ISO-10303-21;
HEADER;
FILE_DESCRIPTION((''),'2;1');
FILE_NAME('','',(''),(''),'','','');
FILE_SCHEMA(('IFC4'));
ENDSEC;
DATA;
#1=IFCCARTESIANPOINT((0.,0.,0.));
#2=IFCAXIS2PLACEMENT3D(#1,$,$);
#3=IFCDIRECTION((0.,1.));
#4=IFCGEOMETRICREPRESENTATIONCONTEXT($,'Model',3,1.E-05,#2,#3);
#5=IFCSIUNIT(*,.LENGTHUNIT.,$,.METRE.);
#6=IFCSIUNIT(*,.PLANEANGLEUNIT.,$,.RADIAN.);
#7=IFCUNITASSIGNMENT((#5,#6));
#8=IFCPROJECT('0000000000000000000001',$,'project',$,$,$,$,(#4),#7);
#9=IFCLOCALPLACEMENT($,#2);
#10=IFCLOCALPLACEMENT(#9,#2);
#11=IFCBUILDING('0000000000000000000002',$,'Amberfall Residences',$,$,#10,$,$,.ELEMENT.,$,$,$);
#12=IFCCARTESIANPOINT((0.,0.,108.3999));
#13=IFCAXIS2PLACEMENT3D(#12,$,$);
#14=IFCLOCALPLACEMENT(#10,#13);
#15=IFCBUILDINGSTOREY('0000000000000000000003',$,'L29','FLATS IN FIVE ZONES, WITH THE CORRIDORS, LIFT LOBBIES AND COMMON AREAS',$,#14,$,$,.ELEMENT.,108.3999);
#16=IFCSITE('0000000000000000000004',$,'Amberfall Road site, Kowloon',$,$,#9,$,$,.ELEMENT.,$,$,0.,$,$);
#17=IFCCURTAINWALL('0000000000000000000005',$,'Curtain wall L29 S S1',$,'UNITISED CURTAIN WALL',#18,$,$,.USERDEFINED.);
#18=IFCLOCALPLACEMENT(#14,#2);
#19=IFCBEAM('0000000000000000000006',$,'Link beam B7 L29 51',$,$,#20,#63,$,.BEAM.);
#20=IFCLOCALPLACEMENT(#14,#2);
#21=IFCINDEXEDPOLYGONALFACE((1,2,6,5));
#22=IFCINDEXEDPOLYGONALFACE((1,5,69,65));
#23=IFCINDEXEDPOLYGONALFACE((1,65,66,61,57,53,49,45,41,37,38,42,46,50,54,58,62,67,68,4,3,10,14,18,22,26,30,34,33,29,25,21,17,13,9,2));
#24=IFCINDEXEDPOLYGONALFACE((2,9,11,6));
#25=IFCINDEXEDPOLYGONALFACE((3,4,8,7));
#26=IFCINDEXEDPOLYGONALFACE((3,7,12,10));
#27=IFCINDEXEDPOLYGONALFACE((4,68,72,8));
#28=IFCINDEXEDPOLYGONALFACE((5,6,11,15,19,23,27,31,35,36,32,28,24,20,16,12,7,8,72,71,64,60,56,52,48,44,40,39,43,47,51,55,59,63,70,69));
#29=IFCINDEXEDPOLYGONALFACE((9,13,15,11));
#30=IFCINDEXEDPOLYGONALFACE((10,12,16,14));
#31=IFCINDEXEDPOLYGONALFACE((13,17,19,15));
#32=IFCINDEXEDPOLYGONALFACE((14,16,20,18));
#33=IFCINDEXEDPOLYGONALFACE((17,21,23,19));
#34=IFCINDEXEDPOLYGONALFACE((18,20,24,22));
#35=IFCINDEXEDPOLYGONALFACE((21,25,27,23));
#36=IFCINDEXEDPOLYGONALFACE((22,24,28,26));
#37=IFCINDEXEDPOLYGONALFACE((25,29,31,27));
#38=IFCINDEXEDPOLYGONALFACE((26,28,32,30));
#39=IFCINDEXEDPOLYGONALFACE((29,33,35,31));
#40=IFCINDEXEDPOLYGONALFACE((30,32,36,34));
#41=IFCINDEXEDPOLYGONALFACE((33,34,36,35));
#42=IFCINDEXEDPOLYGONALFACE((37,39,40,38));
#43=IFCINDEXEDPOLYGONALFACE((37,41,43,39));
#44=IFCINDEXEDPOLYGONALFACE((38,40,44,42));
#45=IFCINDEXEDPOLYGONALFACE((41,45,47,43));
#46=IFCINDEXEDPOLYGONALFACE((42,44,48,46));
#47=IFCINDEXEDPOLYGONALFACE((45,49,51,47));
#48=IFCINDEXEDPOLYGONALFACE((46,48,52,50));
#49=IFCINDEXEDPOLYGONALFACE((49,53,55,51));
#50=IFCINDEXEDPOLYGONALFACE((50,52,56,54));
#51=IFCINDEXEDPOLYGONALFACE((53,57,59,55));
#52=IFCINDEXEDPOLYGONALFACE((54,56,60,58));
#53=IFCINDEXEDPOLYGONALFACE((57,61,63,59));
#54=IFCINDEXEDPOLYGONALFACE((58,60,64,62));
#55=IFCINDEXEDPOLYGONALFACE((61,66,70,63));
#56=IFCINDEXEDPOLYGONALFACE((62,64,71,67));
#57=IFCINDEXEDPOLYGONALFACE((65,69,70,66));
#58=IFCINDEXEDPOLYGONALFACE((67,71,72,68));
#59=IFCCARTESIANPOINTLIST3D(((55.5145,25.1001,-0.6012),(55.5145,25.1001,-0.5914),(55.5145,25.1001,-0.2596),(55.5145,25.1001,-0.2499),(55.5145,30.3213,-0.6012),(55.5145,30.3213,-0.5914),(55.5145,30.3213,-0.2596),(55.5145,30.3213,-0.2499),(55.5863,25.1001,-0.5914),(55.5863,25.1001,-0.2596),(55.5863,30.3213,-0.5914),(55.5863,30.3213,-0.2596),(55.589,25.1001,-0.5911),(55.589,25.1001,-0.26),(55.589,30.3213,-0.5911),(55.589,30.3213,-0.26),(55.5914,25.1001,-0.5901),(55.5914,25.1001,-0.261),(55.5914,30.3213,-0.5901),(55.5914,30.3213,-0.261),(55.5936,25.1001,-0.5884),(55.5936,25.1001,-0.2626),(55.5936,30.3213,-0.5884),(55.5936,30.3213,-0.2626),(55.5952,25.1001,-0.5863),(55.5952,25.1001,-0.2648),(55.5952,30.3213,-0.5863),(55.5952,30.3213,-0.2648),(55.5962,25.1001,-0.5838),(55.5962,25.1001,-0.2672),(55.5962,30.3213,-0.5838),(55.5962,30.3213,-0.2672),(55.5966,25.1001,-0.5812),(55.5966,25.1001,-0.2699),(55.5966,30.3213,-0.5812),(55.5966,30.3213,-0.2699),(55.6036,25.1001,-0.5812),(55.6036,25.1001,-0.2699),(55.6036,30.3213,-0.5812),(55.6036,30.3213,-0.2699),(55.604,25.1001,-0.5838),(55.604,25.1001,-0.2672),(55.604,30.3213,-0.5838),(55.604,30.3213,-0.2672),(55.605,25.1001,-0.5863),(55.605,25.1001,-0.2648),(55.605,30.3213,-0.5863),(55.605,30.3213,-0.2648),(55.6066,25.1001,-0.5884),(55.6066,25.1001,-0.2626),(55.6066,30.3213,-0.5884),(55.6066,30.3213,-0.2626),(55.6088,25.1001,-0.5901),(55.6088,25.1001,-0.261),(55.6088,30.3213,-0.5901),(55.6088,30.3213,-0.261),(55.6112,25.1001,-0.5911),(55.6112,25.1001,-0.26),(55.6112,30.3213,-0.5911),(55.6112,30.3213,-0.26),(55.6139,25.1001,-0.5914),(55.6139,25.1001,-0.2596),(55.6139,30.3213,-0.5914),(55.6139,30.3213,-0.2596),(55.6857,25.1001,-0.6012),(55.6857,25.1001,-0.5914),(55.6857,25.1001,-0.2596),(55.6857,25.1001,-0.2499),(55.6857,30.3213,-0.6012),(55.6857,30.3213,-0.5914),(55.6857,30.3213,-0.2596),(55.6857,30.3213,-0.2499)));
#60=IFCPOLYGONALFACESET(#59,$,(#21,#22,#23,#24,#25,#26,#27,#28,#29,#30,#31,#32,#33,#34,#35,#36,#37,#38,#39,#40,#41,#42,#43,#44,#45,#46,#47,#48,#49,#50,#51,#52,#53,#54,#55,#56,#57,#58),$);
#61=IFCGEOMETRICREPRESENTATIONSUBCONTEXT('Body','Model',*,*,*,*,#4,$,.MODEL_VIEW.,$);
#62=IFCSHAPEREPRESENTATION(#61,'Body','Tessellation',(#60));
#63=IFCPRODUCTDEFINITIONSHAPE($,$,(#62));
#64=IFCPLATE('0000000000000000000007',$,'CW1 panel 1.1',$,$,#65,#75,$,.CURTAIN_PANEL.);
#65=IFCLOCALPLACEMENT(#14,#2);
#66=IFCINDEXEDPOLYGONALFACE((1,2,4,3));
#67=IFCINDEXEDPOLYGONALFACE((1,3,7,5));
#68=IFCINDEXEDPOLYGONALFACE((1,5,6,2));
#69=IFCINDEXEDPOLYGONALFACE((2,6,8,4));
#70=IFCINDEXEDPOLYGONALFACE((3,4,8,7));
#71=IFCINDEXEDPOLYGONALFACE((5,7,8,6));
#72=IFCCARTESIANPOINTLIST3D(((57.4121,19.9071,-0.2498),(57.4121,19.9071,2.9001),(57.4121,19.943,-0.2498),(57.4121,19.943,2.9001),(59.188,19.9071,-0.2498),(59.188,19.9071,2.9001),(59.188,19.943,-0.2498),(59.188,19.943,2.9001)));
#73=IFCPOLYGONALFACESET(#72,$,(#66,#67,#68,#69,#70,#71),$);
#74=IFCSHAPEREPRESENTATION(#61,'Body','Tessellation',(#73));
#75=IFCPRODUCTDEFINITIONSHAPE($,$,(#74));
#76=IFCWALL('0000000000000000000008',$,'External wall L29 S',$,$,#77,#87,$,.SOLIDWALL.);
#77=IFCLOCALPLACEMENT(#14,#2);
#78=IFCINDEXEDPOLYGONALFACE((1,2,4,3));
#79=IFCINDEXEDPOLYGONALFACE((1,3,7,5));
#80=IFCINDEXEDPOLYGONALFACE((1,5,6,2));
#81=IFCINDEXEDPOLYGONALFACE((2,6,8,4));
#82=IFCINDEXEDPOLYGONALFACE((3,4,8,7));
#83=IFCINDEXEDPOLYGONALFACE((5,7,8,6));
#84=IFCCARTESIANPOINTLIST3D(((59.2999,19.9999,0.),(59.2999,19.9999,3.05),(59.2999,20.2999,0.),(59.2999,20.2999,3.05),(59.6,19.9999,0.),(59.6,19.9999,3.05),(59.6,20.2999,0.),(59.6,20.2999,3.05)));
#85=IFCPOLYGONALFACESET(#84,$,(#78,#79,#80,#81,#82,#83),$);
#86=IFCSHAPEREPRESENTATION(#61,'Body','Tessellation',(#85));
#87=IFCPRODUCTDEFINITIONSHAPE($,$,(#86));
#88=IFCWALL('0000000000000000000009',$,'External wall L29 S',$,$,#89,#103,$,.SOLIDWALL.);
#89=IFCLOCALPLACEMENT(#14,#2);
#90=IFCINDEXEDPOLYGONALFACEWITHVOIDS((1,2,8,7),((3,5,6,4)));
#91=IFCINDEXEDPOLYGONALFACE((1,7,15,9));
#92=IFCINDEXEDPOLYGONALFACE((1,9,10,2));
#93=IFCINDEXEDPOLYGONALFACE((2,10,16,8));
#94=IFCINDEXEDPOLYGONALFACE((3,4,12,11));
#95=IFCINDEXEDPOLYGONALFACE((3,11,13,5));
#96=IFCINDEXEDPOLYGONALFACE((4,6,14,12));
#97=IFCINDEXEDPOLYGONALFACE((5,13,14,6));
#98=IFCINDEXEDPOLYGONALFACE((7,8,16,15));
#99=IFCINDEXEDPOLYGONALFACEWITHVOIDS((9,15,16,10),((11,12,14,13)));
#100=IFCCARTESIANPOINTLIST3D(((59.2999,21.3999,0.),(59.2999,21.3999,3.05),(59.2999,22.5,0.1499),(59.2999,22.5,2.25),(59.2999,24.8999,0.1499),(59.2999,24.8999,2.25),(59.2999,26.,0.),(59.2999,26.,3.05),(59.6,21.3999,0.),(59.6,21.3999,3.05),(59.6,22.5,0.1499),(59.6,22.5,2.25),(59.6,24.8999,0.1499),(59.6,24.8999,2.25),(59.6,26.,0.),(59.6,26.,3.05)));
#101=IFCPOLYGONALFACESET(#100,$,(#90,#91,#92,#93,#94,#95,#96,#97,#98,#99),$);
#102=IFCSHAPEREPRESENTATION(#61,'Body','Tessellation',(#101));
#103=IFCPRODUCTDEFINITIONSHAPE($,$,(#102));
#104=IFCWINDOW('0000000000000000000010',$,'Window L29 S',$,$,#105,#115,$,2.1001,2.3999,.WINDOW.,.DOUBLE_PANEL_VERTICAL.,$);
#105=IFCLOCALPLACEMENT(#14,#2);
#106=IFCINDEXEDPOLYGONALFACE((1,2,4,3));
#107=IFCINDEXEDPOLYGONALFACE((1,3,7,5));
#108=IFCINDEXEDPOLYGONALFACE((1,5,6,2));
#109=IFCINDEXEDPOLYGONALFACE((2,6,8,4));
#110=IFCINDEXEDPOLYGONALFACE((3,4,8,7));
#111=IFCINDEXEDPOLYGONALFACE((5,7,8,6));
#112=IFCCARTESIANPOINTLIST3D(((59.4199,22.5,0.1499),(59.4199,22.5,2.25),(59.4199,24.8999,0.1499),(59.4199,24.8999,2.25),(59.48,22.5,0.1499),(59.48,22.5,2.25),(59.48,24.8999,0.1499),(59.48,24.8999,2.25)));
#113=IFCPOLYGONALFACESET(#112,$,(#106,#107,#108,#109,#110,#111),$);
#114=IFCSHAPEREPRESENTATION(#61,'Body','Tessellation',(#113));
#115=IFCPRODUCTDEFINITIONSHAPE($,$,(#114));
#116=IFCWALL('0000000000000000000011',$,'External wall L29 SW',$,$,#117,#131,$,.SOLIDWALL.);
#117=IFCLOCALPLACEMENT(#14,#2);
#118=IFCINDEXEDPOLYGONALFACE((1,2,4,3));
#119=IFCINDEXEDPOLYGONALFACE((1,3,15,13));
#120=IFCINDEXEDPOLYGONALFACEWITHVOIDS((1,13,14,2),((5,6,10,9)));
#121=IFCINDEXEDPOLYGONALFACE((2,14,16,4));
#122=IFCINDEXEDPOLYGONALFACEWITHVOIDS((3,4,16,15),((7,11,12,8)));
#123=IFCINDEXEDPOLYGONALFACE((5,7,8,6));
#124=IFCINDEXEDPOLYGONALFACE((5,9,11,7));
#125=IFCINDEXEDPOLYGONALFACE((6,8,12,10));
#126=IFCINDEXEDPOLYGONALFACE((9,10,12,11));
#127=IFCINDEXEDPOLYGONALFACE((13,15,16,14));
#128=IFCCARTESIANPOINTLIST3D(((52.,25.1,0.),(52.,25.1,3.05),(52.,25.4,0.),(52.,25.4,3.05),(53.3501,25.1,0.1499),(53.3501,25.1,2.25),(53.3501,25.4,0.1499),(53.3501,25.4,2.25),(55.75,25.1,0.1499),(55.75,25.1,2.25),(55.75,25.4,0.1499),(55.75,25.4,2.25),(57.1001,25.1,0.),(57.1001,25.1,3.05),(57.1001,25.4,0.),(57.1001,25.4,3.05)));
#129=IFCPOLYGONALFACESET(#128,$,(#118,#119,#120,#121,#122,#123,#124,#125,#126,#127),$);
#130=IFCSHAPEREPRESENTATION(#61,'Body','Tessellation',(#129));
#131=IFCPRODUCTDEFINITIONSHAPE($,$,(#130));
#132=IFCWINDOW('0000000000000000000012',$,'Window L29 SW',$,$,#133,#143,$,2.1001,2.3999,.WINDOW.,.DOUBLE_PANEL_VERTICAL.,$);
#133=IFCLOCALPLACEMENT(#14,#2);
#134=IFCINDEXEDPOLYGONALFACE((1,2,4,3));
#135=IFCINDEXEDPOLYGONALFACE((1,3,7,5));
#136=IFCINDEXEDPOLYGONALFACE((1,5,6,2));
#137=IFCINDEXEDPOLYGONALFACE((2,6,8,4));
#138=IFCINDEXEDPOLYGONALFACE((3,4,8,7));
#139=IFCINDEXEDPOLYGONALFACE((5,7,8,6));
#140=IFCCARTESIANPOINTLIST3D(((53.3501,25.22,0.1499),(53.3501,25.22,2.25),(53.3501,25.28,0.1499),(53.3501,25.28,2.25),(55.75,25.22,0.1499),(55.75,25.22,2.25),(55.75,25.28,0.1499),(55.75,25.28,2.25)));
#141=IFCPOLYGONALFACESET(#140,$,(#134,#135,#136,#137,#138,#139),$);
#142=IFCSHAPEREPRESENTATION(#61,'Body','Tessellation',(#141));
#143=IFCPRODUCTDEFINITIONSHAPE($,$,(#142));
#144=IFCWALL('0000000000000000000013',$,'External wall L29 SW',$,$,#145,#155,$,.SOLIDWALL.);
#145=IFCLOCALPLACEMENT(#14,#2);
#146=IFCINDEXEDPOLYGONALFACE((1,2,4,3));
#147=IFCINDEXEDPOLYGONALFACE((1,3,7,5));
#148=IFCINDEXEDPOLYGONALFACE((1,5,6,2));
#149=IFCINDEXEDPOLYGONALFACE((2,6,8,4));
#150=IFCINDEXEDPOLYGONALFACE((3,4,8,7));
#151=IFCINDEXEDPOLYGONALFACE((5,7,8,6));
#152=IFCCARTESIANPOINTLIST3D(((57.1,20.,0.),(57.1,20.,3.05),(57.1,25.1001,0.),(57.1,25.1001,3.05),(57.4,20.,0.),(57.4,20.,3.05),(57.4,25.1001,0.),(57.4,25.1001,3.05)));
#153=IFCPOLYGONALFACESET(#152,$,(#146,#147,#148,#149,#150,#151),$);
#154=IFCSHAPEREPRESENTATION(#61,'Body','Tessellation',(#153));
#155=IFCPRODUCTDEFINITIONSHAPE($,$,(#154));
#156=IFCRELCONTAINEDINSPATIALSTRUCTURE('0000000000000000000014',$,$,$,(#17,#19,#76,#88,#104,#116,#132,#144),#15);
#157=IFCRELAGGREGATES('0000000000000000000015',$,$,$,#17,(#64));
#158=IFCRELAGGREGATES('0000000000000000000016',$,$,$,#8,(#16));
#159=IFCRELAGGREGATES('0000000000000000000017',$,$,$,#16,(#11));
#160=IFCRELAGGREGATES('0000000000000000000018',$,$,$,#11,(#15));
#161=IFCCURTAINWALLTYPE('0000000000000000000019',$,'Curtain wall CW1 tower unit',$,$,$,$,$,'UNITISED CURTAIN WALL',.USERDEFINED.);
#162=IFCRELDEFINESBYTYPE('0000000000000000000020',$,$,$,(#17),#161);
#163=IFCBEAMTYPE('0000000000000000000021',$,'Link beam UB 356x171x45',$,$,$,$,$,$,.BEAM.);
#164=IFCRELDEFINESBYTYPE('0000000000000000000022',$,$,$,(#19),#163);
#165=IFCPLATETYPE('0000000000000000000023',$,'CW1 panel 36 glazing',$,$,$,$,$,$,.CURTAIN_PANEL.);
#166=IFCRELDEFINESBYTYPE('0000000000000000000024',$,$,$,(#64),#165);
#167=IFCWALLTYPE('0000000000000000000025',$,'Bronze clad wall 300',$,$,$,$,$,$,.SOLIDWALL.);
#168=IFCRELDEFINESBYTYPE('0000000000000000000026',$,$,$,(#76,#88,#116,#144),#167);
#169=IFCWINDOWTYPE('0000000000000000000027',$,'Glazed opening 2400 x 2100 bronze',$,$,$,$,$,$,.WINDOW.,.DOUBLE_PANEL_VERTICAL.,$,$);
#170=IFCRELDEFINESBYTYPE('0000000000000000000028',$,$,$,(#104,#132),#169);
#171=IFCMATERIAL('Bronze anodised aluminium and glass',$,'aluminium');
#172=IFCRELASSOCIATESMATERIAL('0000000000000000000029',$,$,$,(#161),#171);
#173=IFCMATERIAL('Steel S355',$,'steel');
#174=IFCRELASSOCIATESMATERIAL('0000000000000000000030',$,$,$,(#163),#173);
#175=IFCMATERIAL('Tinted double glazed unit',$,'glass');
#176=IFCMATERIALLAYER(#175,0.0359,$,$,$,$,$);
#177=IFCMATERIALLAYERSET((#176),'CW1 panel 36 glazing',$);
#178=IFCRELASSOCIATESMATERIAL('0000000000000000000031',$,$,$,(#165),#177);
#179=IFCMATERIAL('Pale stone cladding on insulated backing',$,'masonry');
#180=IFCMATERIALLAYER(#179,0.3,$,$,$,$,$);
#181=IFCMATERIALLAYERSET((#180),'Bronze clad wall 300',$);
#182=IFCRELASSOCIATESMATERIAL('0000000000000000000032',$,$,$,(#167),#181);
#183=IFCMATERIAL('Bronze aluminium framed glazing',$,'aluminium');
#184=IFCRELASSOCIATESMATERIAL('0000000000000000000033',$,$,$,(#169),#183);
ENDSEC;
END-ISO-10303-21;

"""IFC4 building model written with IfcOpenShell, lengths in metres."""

from ifc_helpers import new_model, si_unit, direction, frame, frame_2d, origin, origin_2d, place, context, subcontext, project, spatial, rectangle, i_section, extrude, material, layer, layer_set, material_profile, profile_set, type_object, element, fill, aggregate, save


model = new_model("IFC4")

# Units and contexts
model_context = context("Model", 3, precision=1e-05, world=origin(), true_north=direction((0.0, 1.0)))
body_context = subcontext(model_context, "Body", "Model", "MODEL_VIEW")
ifc_project = project(units=[si_unit("LENGTHUNIT", "METRE"), si_unit("PLANEANGLEUNIT", "RADIAN")], contexts=[model_context])

# Site, building, storey
site_placement = place(None, origin())
site = spatial("IfcSite", under=ifc_project, at=site_placement, Name="Amberfall Road site, Kowloon", CompositionType="ELEMENT", RefElevation=0.0)
building_placement = place(site_placement, origin())
building = spatial("IfcBuilding", under=site, at=building_placement, Name="Amberfall Residences", CompositionType="ELEMENT")
storey_placement = place(building_placement, frame((0.0, 0.0, 108.3999)))
storey = spatial("IfcBuildingStorey", under=building, at=storey_placement, Name="L29", Description="FLATS IN FIVE ZONES, WITH THE CORRIDORS, LIFT LOBBIES AND COMMON AREAS", CompositionType="ELEMENT", Elevation=108.3999)

# Curtain wall
ifc_material_1 = material(Name="Bronze anodised aluminium and glass", Category="aluminium")
curtain_wall_type = type_object("IfcCurtainWallType", Name="Curtain wall CW1 tower unit", ElementType="UNITISED CURTAIN WALL", PredefinedType="USERDEFINED", material=ifc_material_1)
curtain_wall_placement = place(storey_placement, origin())
curtain_wall = element("IfcCurtainWall", 1, at=curtain_wall_placement, inside=storey, type_object=curtain_wall_type, Name="Curtain wall L29 S S1", ObjectType="UNITISED CURTAIN WALL", PredefinedType="USERDEFINED")

# Beam
ifc_material_2 = material(Name="Steel S355", Category="steel")
ifc_material_profile_1 = material_profile(ifc_material_2, i_section(OverallWidth=0.1711, OverallDepth=0.3513, WebThickness=0.0071, FlangeThickness=0.0098, FilletRadius=0.0103, at=origin_2d()), Name="UB 356x171x45")
ifc_profile_set_1 = profile_set([ifc_material_profile_1], Name="Steel S355")
beam_type_1 = type_object("IfcBeamType", Name="Link beam UB 356x171x45", PredefinedType="BEAM", material=ifc_profile_set_1)
beam_1_placement = place(storey_placement, frame((55.6001, 25.1001, -0.4255), z_axis=(0.0, 1.0, 0.0), x_axis=(-1.0, 0.0, 0.0)))
element("IfcBeam", 2, at=beam_1_placement, inside=storey, type_object=beam_type_1, Name="Link beam B7 L29 51", PredefinedType="BEAM", context=body_context, shape_type="SweptSolid", body=[
    extrude(i_section(OverallWidth=0.1711, OverallDepth=0.3513, WebThickness=0.0071, FlangeThickness=0.0098, FilletRadius=0.0103, at=origin_2d()), origin(), (0.0, 0.0, 1.0), 5.2212),
])

# Plate
ifc_material_3 = material(Name="Tinted double glazed unit", Category="glass")
ifc_layer_1 = layer(ifc_material_3, 0.0359)
ifc_layer_set_1 = layer_set([ifc_layer_1], Name="CW1 panel 36 glazing")
plate_type = type_object("IfcPlateType", Name="CW1 panel 36 glazing", PredefinedType="CURTAIN_PANEL", material=ifc_layer_set_1)
plate_placement = place(storey_placement, frame((58.3, 19.925, -0.2498), z_axis=(0.0, 0.0, 1.0), x_axis=(1.0, 0.0, 0.0)))
plate = element("IfcPlate", 3, at=plate_placement, type_object=plate_type, Name="CW1 panel 1.1", PredefinedType="CURTAIN_PANEL", context=body_context, shape_type="SweptSolid", body=[
    extrude(rectangle(XDim=1.7759, YDim=0.0359, at=origin_2d()), origin(), (0.0, 0.0, 1.0), 3.1499),
])
aggregate(curtain_wall, [plate])

# Wall
ifc_material_4 = material(Name="Pale stone cladding on insulated backing", Category="masonry")
ifc_layer_2 = layer(ifc_material_4, 0.3)
ifc_layer_set_2 = layer_set([ifc_layer_2], Name="Bronze clad wall 300")
wall_type = type_object("IfcWallType", Name="Bronze clad wall 300", PredefinedType="SOLIDWALL", material=ifc_layer_set_2)
wall_1_placement = place(storey_placement, frame((59.45, 20.0, 0.0), z_axis=(0.0, 0.0, 1.0), x_axis=(0.0, 1.0, 0.0)))
element("IfcWall", 4, at=wall_1_placement, inside=storey, type_object=wall_type, Name="External wall L29 S", PredefinedType="SOLIDWALL", context=body_context, shape_type="SweptSolid", body=[
    extrude(rectangle(XDim=0.3, YDim=0.3, at=frame_2d((0.1499, 0.0))), origin(), (0.0, 0.0, 1.0), 3.05),
])

# Walls, openings, windows
wall_2_placement = place(storey_placement, frame((59.45, 21.3999, 0.0), z_axis=(0.0, 0.0, 1.0), x_axis=(0.0, 1.0, 0.0)))
wall_2 = element("IfcWall", 5, at=wall_2_placement, inside=storey, type_object=wall_type, Name="External wall L29 S", PredefinedType="SOLIDWALL", context=body_context, shape_type="SweptSolid", body=[
    extrude(rectangle(XDim=4.6001, YDim=0.3, at=frame_2d((2.3, 0.0))), origin(), (0.0, 0.0, 1.0), 3.05),
])
opening_1_placement = place(wall_2_placement, frame((1.1001, 0.0, 0.1499)))
opening_1 = element("IfcOpeningElement", 6, at=opening_1_placement, cuts=wall_2, PredefinedType="OPENING", context=body_context, shape_type="SweptSolid", body=[
    extrude(rectangle(XDim=2.3999, YDim=2.1001, at=frame_2d((1.2, 1.05))), frame((0.0, 0.1599, 0.0), z_axis=(0.0, -1.0, 0.0), x_axis=(1.0, 0.0, 0.0)), (0.0, 0.0, 1.0), 0.3201),
])
ifc_material_5 = material(Name="Bronze aluminium framed glazing", Category="aluminium")
window_type = type_object("IfcWindowType", Name="Glazed opening 2400 x 2100 bronze", PartitioningType="DOUBLE_PANEL_VERTICAL", PredefinedType="WINDOW", material=ifc_material_5)
window_1_placement = place(opening_1_placement, origin())
window_1 = element("IfcWindow", 7, at=window_1_placement, inside=storey, type_object=window_type, Name="Window L29 S", OverallHeight=2.1001, OverallWidth=2.3999, PartitioningType="DOUBLE_PANEL_VERTICAL", PredefinedType="WINDOW", context=body_context, shape_type="SweptSolid", body=[
    extrude(rectangle(XDim=2.3999, YDim=2.1001, at=frame_2d((1.2, 1.05))), frame((0.0, 0.03, 0.0), z_axis=(0.0, -1.0, 0.0), x_axis=(1.0, 0.0, 0.0)), (0.0, 0.0, 1.0), 0.0601),
])
fill(opening_1, window_1)
wall_3_placement = place(storey_placement, frame((52.0, 25.25, 0.0), z_axis=(0.0, 0.0, 1.0), x_axis=(1.0, 0.0, 0.0)))
wall_3 = element("IfcWall", 8, at=wall_3_placement, inside=storey, type_object=wall_type, Name="External wall L29 SW", PredefinedType="SOLIDWALL", context=body_context, shape_type="SweptSolid", body=[
    extrude(rectangle(XDim=5.1001, YDim=0.3, at=frame_2d((2.55, 0.0))), origin(), (0.0, 0.0, 1.0), 3.05),
])
opening_2_placement = place(wall_3_placement, frame((1.3501, 0.0, 0.1499)))
opening_2 = element("IfcOpeningElement", 9, at=opening_2_placement, cuts=wall_3, PredefinedType="OPENING", context=body_context, shape_type="SweptSolid", body=[
    extrude(rectangle(XDim=2.3999, YDim=2.1001, at=frame_2d((1.2, 1.05))), frame((0.0, 0.1599, 0.0), z_axis=(0.0, -1.0, 0.0), x_axis=(1.0, 0.0, 0.0)), (0.0, 0.0, 1.0), 0.3201),
])
window_2_placement = place(opening_2_placement, origin())
window_2 = element("IfcWindow", 10, at=window_2_placement, inside=storey, type_object=window_type, Name="Window L29 SW", OverallHeight=2.1001, OverallWidth=2.3999, PartitioningType="DOUBLE_PANEL_VERTICAL", PredefinedType="WINDOW", context=body_context, shape_type="SweptSolid", body=[
    extrude(rectangle(XDim=2.3999, YDim=2.1001, at=frame_2d((1.2, 1.05))), frame((0.0, 0.03, 0.0), z_axis=(0.0, -1.0, 0.0), x_axis=(1.0, 0.0, 0.0)), (0.0, 0.0, 1.0), 0.0601),
])
fill(opening_2, window_2)

# Wall
wall_4_placement = place(storey_placement, frame((57.25, 25.1001, 0.0), z_axis=(0.0, 0.0, 1.0), x_axis=(0.0, -1.0, 0.0)))
element("IfcWall", 11, at=wall_4_placement, inside=storey, type_object=wall_type, Name="External wall L29 SW", PredefinedType="SOLIDWALL", context=body_context, shape_type="SweptSolid", body=[
    extrude(rectangle(XDim=5.1001, YDim=0.3, at=frame_2d((2.55, 0.0))), origin(), (0.0, 0.0, 1.0), 3.05),
])

save(model, "model.ifc")
